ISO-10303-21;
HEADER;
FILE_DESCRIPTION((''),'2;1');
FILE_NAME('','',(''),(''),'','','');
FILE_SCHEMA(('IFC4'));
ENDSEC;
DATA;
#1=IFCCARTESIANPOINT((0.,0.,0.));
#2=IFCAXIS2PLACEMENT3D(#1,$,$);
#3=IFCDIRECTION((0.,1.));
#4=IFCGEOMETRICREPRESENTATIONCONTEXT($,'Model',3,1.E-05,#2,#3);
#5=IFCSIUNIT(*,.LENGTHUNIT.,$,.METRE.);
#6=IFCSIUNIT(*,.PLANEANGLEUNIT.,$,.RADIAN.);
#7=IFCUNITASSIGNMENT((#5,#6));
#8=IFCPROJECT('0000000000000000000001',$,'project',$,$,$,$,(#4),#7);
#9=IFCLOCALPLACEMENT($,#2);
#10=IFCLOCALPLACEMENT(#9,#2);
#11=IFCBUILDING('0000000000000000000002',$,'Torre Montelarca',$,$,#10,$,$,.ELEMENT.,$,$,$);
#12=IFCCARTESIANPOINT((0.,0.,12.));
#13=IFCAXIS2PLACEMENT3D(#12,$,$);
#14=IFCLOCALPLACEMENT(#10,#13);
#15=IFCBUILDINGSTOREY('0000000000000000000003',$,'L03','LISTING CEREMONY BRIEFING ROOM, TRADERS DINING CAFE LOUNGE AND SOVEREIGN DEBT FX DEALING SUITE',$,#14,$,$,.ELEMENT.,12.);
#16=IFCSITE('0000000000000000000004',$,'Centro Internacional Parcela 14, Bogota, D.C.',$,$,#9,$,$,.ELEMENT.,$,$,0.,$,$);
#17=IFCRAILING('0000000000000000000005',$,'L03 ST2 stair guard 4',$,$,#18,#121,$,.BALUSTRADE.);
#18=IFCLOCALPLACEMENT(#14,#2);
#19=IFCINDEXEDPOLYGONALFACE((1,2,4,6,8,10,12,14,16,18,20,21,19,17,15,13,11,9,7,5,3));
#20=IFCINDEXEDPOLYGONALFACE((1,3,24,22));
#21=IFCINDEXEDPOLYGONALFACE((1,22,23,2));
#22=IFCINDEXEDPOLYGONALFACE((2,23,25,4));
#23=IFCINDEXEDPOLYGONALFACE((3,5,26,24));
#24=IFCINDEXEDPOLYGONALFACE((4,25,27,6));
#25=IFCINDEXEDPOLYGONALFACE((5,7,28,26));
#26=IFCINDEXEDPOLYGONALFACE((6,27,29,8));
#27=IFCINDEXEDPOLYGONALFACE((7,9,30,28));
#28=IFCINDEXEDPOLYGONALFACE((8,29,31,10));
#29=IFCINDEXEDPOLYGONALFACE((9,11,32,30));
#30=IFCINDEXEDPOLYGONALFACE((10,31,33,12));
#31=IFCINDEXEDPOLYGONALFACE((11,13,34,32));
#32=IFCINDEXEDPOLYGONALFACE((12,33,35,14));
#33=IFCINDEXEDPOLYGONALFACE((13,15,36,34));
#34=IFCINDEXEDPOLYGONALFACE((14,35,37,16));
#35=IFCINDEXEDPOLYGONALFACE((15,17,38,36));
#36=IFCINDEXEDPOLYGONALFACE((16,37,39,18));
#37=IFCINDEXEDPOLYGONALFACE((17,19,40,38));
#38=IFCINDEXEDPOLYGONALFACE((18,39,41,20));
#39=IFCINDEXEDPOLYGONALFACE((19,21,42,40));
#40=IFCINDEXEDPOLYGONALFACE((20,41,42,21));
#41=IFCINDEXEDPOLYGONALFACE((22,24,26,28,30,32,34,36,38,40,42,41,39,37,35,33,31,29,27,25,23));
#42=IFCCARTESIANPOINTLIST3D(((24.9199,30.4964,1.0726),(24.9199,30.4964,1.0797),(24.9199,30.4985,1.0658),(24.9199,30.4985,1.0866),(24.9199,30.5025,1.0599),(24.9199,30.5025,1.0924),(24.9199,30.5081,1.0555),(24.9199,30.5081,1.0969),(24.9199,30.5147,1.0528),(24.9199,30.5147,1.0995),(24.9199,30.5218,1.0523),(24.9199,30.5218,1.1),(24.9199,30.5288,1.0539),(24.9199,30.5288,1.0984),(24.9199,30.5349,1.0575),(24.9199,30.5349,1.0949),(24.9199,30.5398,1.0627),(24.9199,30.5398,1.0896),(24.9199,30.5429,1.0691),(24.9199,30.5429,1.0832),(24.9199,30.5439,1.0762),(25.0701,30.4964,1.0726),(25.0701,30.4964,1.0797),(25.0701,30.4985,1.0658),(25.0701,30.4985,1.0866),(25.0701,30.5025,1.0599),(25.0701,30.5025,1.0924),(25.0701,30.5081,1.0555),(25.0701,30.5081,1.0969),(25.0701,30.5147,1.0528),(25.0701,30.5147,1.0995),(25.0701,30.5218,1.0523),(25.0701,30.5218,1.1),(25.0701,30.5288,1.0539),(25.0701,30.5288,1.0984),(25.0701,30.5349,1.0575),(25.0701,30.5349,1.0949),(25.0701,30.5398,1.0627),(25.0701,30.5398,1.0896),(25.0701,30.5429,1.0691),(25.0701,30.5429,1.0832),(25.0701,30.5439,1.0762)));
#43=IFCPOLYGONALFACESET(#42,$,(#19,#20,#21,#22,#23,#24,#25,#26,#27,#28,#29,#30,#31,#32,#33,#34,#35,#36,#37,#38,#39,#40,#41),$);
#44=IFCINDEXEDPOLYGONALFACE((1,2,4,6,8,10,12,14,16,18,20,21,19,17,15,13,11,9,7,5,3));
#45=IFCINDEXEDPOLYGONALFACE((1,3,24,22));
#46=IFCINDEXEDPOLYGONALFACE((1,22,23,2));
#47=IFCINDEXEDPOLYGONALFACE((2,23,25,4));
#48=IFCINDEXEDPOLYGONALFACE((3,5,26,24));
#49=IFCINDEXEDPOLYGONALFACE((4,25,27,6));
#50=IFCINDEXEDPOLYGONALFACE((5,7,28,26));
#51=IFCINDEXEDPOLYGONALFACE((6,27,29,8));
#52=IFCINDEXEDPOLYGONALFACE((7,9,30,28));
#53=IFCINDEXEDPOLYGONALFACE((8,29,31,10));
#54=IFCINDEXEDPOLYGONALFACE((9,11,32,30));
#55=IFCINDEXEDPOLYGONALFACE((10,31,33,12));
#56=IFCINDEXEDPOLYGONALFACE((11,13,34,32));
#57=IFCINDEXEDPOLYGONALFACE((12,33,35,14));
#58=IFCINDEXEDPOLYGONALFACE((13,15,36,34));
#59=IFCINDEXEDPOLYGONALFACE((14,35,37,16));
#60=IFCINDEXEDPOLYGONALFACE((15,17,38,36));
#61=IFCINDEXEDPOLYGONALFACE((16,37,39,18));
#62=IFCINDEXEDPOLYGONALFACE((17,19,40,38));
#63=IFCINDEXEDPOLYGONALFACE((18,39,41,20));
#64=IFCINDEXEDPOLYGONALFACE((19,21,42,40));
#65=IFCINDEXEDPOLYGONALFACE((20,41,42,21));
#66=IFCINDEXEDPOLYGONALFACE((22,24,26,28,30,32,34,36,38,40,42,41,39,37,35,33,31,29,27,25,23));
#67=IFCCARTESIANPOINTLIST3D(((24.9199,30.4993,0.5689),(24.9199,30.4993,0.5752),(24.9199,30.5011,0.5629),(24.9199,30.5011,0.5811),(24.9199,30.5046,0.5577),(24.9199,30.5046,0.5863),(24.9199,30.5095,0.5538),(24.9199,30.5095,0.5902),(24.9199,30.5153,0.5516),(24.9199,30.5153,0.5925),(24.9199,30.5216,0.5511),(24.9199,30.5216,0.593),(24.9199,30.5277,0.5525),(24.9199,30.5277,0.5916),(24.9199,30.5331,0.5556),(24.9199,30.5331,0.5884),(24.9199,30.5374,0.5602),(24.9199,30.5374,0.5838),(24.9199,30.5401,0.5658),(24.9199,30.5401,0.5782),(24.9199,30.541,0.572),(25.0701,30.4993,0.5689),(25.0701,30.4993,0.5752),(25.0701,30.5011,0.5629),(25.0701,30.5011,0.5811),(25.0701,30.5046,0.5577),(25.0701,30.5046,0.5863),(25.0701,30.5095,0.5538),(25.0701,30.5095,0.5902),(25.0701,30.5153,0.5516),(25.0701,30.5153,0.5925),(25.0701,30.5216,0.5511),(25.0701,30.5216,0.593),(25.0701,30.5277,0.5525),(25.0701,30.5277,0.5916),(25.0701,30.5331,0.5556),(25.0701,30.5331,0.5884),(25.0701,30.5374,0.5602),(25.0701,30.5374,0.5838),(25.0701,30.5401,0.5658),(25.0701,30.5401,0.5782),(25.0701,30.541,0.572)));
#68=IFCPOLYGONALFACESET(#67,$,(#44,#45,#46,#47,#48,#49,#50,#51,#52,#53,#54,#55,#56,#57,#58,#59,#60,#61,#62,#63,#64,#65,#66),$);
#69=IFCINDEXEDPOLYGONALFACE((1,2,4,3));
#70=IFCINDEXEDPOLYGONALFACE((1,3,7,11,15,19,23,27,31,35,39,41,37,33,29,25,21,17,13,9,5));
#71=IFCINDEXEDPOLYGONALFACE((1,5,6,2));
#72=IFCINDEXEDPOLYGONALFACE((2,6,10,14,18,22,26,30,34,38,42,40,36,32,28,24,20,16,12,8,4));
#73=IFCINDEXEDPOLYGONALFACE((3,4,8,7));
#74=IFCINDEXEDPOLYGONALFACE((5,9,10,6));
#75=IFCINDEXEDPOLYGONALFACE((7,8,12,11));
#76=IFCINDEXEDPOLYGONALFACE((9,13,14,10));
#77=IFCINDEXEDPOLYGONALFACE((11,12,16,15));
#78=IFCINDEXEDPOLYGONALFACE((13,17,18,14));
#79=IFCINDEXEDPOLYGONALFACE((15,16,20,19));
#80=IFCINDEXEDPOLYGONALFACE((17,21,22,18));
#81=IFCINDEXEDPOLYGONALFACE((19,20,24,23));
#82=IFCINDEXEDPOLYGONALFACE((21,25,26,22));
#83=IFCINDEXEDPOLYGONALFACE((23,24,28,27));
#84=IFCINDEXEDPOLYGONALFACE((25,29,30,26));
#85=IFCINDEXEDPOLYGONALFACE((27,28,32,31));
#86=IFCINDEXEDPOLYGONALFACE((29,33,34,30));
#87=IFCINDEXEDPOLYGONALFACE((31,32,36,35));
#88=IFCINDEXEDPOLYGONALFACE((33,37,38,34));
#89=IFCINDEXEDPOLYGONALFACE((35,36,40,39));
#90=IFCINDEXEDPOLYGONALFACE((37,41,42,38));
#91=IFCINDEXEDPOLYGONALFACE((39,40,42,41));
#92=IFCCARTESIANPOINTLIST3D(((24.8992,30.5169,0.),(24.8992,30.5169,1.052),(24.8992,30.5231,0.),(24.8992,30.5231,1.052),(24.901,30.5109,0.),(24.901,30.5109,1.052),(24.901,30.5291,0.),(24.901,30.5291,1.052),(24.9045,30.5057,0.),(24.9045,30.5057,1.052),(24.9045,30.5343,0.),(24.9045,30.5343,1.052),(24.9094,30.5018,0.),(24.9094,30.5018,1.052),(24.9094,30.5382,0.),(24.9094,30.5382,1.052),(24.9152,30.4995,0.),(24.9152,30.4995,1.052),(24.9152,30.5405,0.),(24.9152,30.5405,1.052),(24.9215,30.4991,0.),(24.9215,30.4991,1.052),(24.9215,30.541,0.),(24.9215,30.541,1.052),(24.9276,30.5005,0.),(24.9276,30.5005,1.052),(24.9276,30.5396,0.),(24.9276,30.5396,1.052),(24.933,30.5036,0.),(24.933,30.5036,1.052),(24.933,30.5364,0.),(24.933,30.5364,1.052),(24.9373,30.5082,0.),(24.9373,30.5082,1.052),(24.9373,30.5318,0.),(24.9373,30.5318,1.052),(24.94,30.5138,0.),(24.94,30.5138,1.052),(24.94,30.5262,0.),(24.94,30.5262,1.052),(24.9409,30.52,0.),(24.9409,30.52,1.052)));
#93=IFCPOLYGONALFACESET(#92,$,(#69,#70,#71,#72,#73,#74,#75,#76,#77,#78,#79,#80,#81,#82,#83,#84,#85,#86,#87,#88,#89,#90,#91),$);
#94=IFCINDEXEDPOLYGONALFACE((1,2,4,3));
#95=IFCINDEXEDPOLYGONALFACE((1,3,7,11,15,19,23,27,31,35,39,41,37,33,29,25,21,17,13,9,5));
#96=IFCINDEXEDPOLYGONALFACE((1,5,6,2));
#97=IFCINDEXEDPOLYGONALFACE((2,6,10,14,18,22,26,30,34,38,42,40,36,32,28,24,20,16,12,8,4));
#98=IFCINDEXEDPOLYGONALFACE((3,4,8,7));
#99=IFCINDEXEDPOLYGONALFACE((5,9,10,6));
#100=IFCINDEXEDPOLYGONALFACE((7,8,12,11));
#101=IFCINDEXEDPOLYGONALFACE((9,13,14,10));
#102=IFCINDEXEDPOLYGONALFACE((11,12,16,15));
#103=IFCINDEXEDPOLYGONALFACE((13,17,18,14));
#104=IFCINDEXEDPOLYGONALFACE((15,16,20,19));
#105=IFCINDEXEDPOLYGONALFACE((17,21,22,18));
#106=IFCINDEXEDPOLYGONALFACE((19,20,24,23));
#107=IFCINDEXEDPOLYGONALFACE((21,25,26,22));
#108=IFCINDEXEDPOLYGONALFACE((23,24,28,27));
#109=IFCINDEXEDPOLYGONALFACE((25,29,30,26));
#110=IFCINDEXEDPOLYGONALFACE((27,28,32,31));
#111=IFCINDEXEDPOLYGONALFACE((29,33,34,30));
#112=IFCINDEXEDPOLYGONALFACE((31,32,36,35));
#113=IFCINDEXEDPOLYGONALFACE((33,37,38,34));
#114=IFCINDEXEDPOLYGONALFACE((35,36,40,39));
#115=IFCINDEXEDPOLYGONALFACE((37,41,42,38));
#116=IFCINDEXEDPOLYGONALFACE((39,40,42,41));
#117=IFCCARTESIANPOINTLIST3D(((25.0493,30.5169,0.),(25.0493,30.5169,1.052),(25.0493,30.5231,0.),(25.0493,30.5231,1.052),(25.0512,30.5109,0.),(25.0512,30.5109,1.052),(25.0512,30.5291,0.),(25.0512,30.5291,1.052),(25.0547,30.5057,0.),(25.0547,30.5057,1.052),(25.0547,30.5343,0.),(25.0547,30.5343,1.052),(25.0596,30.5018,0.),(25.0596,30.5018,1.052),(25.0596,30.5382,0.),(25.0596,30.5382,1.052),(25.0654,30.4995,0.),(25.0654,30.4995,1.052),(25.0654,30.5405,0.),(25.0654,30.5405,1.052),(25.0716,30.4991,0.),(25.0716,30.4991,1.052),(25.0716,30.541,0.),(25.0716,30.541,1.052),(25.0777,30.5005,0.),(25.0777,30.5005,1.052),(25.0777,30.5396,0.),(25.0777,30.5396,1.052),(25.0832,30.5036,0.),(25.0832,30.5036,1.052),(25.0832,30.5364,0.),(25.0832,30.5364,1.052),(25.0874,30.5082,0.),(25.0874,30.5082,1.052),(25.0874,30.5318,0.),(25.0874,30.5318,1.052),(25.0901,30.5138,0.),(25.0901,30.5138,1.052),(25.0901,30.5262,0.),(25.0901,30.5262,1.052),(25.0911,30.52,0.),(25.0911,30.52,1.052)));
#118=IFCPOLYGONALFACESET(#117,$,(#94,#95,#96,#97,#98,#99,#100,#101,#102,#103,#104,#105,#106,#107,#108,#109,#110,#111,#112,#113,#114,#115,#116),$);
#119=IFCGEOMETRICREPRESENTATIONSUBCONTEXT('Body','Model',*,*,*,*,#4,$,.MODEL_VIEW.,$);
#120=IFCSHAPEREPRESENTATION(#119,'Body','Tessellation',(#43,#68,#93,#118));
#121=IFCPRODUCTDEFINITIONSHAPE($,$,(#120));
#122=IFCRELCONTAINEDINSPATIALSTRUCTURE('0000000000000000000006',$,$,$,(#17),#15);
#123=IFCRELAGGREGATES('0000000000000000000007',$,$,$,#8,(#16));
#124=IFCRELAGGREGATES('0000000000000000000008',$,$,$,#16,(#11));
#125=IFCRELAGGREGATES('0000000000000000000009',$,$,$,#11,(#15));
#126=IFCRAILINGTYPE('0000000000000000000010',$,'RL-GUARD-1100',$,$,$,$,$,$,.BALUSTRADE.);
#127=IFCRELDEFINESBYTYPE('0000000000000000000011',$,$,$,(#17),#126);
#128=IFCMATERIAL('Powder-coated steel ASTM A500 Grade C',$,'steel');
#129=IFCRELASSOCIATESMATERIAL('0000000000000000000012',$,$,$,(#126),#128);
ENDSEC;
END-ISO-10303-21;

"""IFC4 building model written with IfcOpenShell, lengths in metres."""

from ifc_helpers import new_model, si_unit, direction, frame, origin, origin_2d, place, context, subcontext, project, spatial, circle, extrude, material, type_object, element, save


model = new_model("IFC4")

# Units and contexts
model_context = context("Model", 3, precision=1e-05, world=origin(), true_north=direction((0.0, 1.0)))
body_context = subcontext(model_context, "Body", "Model", "MODEL_VIEW")
ifc_project = project(units=[si_unit("LENGTHUNIT", "METRE"), si_unit("PLANEANGLEUNIT", "RADIAN")], contexts=[model_context])

# Site, building, storey
site_placement = place(None, origin())
site = spatial("IfcSite", under=ifc_project, at=site_placement, Name="Centro Internacional Parcela 14, Bogota, D.C.", CompositionType="ELEMENT", RefElevation=0.0)
building_placement = place(site_placement, origin())
building = spatial("IfcBuilding", under=site, at=building_placement, Name="Torre Montelarca", CompositionType="ELEMENT")
storey_placement = place(building_placement, frame((0.0, 0.0, 12.0)))
storey = spatial("IfcBuildingStorey", under=building, at=storey_placement, Name="L03", Description="LISTING CEREMONY BRIEFING ROOM, TRADERS DINING CAFE LOUNGE AND SOVEREIGN DEBT FX DEALING SUITE", CompositionType="ELEMENT", Elevation=12.0)

# Railing
ifc_material_1 = material(Name="Powder-coated steel ASTM A500 Grade C", Category="steel")
railing_type_1 = type_object("IfcRailingType", Name="RL-GUARD-1100", PredefinedType="BALUSTRADE", material=ifc_material_1)
railing_1_placement = place(storey_placement, frame((24.9199, 30.52, 0.0)))
element("IfcRailing", 1, at=railing_1_placement, inside=storey, type_object=railing_type_1, Name="L03 ST2 stair guard 4", PredefinedType="BALUSTRADE", context=body_context, shape_type="SweptSolid", body=[
    extrude(circle(Radius=0.0239, at=origin_2d()), frame((0.0, 0.0, 1.0762), z_axis=(1.0, 0.0, 0.0), x_axis=(0.0, 1.0, 0.0)), (0.0, 0.0, 1.0), 0.1501),
    extrude(circle(Radius=0.021, at=origin_2d()), frame((0.0, 0.0, 0.572), z_axis=(1.0, 0.0, 0.0), x_axis=(0.0, 1.0, 0.0)), (0.0, 0.0, 1.0), 0.1501),
    extrude(circle(Radius=0.021, at=origin_2d()), origin(), (0.0, 0.0, 1.0), 1.052),
    extrude(circle(Radius=0.021, at=origin_2d()), frame((0.1501, 0.0, 0.0)), (0.0, 0.0, 1.0), 1.052),
])

save(model, "model.ifc")
